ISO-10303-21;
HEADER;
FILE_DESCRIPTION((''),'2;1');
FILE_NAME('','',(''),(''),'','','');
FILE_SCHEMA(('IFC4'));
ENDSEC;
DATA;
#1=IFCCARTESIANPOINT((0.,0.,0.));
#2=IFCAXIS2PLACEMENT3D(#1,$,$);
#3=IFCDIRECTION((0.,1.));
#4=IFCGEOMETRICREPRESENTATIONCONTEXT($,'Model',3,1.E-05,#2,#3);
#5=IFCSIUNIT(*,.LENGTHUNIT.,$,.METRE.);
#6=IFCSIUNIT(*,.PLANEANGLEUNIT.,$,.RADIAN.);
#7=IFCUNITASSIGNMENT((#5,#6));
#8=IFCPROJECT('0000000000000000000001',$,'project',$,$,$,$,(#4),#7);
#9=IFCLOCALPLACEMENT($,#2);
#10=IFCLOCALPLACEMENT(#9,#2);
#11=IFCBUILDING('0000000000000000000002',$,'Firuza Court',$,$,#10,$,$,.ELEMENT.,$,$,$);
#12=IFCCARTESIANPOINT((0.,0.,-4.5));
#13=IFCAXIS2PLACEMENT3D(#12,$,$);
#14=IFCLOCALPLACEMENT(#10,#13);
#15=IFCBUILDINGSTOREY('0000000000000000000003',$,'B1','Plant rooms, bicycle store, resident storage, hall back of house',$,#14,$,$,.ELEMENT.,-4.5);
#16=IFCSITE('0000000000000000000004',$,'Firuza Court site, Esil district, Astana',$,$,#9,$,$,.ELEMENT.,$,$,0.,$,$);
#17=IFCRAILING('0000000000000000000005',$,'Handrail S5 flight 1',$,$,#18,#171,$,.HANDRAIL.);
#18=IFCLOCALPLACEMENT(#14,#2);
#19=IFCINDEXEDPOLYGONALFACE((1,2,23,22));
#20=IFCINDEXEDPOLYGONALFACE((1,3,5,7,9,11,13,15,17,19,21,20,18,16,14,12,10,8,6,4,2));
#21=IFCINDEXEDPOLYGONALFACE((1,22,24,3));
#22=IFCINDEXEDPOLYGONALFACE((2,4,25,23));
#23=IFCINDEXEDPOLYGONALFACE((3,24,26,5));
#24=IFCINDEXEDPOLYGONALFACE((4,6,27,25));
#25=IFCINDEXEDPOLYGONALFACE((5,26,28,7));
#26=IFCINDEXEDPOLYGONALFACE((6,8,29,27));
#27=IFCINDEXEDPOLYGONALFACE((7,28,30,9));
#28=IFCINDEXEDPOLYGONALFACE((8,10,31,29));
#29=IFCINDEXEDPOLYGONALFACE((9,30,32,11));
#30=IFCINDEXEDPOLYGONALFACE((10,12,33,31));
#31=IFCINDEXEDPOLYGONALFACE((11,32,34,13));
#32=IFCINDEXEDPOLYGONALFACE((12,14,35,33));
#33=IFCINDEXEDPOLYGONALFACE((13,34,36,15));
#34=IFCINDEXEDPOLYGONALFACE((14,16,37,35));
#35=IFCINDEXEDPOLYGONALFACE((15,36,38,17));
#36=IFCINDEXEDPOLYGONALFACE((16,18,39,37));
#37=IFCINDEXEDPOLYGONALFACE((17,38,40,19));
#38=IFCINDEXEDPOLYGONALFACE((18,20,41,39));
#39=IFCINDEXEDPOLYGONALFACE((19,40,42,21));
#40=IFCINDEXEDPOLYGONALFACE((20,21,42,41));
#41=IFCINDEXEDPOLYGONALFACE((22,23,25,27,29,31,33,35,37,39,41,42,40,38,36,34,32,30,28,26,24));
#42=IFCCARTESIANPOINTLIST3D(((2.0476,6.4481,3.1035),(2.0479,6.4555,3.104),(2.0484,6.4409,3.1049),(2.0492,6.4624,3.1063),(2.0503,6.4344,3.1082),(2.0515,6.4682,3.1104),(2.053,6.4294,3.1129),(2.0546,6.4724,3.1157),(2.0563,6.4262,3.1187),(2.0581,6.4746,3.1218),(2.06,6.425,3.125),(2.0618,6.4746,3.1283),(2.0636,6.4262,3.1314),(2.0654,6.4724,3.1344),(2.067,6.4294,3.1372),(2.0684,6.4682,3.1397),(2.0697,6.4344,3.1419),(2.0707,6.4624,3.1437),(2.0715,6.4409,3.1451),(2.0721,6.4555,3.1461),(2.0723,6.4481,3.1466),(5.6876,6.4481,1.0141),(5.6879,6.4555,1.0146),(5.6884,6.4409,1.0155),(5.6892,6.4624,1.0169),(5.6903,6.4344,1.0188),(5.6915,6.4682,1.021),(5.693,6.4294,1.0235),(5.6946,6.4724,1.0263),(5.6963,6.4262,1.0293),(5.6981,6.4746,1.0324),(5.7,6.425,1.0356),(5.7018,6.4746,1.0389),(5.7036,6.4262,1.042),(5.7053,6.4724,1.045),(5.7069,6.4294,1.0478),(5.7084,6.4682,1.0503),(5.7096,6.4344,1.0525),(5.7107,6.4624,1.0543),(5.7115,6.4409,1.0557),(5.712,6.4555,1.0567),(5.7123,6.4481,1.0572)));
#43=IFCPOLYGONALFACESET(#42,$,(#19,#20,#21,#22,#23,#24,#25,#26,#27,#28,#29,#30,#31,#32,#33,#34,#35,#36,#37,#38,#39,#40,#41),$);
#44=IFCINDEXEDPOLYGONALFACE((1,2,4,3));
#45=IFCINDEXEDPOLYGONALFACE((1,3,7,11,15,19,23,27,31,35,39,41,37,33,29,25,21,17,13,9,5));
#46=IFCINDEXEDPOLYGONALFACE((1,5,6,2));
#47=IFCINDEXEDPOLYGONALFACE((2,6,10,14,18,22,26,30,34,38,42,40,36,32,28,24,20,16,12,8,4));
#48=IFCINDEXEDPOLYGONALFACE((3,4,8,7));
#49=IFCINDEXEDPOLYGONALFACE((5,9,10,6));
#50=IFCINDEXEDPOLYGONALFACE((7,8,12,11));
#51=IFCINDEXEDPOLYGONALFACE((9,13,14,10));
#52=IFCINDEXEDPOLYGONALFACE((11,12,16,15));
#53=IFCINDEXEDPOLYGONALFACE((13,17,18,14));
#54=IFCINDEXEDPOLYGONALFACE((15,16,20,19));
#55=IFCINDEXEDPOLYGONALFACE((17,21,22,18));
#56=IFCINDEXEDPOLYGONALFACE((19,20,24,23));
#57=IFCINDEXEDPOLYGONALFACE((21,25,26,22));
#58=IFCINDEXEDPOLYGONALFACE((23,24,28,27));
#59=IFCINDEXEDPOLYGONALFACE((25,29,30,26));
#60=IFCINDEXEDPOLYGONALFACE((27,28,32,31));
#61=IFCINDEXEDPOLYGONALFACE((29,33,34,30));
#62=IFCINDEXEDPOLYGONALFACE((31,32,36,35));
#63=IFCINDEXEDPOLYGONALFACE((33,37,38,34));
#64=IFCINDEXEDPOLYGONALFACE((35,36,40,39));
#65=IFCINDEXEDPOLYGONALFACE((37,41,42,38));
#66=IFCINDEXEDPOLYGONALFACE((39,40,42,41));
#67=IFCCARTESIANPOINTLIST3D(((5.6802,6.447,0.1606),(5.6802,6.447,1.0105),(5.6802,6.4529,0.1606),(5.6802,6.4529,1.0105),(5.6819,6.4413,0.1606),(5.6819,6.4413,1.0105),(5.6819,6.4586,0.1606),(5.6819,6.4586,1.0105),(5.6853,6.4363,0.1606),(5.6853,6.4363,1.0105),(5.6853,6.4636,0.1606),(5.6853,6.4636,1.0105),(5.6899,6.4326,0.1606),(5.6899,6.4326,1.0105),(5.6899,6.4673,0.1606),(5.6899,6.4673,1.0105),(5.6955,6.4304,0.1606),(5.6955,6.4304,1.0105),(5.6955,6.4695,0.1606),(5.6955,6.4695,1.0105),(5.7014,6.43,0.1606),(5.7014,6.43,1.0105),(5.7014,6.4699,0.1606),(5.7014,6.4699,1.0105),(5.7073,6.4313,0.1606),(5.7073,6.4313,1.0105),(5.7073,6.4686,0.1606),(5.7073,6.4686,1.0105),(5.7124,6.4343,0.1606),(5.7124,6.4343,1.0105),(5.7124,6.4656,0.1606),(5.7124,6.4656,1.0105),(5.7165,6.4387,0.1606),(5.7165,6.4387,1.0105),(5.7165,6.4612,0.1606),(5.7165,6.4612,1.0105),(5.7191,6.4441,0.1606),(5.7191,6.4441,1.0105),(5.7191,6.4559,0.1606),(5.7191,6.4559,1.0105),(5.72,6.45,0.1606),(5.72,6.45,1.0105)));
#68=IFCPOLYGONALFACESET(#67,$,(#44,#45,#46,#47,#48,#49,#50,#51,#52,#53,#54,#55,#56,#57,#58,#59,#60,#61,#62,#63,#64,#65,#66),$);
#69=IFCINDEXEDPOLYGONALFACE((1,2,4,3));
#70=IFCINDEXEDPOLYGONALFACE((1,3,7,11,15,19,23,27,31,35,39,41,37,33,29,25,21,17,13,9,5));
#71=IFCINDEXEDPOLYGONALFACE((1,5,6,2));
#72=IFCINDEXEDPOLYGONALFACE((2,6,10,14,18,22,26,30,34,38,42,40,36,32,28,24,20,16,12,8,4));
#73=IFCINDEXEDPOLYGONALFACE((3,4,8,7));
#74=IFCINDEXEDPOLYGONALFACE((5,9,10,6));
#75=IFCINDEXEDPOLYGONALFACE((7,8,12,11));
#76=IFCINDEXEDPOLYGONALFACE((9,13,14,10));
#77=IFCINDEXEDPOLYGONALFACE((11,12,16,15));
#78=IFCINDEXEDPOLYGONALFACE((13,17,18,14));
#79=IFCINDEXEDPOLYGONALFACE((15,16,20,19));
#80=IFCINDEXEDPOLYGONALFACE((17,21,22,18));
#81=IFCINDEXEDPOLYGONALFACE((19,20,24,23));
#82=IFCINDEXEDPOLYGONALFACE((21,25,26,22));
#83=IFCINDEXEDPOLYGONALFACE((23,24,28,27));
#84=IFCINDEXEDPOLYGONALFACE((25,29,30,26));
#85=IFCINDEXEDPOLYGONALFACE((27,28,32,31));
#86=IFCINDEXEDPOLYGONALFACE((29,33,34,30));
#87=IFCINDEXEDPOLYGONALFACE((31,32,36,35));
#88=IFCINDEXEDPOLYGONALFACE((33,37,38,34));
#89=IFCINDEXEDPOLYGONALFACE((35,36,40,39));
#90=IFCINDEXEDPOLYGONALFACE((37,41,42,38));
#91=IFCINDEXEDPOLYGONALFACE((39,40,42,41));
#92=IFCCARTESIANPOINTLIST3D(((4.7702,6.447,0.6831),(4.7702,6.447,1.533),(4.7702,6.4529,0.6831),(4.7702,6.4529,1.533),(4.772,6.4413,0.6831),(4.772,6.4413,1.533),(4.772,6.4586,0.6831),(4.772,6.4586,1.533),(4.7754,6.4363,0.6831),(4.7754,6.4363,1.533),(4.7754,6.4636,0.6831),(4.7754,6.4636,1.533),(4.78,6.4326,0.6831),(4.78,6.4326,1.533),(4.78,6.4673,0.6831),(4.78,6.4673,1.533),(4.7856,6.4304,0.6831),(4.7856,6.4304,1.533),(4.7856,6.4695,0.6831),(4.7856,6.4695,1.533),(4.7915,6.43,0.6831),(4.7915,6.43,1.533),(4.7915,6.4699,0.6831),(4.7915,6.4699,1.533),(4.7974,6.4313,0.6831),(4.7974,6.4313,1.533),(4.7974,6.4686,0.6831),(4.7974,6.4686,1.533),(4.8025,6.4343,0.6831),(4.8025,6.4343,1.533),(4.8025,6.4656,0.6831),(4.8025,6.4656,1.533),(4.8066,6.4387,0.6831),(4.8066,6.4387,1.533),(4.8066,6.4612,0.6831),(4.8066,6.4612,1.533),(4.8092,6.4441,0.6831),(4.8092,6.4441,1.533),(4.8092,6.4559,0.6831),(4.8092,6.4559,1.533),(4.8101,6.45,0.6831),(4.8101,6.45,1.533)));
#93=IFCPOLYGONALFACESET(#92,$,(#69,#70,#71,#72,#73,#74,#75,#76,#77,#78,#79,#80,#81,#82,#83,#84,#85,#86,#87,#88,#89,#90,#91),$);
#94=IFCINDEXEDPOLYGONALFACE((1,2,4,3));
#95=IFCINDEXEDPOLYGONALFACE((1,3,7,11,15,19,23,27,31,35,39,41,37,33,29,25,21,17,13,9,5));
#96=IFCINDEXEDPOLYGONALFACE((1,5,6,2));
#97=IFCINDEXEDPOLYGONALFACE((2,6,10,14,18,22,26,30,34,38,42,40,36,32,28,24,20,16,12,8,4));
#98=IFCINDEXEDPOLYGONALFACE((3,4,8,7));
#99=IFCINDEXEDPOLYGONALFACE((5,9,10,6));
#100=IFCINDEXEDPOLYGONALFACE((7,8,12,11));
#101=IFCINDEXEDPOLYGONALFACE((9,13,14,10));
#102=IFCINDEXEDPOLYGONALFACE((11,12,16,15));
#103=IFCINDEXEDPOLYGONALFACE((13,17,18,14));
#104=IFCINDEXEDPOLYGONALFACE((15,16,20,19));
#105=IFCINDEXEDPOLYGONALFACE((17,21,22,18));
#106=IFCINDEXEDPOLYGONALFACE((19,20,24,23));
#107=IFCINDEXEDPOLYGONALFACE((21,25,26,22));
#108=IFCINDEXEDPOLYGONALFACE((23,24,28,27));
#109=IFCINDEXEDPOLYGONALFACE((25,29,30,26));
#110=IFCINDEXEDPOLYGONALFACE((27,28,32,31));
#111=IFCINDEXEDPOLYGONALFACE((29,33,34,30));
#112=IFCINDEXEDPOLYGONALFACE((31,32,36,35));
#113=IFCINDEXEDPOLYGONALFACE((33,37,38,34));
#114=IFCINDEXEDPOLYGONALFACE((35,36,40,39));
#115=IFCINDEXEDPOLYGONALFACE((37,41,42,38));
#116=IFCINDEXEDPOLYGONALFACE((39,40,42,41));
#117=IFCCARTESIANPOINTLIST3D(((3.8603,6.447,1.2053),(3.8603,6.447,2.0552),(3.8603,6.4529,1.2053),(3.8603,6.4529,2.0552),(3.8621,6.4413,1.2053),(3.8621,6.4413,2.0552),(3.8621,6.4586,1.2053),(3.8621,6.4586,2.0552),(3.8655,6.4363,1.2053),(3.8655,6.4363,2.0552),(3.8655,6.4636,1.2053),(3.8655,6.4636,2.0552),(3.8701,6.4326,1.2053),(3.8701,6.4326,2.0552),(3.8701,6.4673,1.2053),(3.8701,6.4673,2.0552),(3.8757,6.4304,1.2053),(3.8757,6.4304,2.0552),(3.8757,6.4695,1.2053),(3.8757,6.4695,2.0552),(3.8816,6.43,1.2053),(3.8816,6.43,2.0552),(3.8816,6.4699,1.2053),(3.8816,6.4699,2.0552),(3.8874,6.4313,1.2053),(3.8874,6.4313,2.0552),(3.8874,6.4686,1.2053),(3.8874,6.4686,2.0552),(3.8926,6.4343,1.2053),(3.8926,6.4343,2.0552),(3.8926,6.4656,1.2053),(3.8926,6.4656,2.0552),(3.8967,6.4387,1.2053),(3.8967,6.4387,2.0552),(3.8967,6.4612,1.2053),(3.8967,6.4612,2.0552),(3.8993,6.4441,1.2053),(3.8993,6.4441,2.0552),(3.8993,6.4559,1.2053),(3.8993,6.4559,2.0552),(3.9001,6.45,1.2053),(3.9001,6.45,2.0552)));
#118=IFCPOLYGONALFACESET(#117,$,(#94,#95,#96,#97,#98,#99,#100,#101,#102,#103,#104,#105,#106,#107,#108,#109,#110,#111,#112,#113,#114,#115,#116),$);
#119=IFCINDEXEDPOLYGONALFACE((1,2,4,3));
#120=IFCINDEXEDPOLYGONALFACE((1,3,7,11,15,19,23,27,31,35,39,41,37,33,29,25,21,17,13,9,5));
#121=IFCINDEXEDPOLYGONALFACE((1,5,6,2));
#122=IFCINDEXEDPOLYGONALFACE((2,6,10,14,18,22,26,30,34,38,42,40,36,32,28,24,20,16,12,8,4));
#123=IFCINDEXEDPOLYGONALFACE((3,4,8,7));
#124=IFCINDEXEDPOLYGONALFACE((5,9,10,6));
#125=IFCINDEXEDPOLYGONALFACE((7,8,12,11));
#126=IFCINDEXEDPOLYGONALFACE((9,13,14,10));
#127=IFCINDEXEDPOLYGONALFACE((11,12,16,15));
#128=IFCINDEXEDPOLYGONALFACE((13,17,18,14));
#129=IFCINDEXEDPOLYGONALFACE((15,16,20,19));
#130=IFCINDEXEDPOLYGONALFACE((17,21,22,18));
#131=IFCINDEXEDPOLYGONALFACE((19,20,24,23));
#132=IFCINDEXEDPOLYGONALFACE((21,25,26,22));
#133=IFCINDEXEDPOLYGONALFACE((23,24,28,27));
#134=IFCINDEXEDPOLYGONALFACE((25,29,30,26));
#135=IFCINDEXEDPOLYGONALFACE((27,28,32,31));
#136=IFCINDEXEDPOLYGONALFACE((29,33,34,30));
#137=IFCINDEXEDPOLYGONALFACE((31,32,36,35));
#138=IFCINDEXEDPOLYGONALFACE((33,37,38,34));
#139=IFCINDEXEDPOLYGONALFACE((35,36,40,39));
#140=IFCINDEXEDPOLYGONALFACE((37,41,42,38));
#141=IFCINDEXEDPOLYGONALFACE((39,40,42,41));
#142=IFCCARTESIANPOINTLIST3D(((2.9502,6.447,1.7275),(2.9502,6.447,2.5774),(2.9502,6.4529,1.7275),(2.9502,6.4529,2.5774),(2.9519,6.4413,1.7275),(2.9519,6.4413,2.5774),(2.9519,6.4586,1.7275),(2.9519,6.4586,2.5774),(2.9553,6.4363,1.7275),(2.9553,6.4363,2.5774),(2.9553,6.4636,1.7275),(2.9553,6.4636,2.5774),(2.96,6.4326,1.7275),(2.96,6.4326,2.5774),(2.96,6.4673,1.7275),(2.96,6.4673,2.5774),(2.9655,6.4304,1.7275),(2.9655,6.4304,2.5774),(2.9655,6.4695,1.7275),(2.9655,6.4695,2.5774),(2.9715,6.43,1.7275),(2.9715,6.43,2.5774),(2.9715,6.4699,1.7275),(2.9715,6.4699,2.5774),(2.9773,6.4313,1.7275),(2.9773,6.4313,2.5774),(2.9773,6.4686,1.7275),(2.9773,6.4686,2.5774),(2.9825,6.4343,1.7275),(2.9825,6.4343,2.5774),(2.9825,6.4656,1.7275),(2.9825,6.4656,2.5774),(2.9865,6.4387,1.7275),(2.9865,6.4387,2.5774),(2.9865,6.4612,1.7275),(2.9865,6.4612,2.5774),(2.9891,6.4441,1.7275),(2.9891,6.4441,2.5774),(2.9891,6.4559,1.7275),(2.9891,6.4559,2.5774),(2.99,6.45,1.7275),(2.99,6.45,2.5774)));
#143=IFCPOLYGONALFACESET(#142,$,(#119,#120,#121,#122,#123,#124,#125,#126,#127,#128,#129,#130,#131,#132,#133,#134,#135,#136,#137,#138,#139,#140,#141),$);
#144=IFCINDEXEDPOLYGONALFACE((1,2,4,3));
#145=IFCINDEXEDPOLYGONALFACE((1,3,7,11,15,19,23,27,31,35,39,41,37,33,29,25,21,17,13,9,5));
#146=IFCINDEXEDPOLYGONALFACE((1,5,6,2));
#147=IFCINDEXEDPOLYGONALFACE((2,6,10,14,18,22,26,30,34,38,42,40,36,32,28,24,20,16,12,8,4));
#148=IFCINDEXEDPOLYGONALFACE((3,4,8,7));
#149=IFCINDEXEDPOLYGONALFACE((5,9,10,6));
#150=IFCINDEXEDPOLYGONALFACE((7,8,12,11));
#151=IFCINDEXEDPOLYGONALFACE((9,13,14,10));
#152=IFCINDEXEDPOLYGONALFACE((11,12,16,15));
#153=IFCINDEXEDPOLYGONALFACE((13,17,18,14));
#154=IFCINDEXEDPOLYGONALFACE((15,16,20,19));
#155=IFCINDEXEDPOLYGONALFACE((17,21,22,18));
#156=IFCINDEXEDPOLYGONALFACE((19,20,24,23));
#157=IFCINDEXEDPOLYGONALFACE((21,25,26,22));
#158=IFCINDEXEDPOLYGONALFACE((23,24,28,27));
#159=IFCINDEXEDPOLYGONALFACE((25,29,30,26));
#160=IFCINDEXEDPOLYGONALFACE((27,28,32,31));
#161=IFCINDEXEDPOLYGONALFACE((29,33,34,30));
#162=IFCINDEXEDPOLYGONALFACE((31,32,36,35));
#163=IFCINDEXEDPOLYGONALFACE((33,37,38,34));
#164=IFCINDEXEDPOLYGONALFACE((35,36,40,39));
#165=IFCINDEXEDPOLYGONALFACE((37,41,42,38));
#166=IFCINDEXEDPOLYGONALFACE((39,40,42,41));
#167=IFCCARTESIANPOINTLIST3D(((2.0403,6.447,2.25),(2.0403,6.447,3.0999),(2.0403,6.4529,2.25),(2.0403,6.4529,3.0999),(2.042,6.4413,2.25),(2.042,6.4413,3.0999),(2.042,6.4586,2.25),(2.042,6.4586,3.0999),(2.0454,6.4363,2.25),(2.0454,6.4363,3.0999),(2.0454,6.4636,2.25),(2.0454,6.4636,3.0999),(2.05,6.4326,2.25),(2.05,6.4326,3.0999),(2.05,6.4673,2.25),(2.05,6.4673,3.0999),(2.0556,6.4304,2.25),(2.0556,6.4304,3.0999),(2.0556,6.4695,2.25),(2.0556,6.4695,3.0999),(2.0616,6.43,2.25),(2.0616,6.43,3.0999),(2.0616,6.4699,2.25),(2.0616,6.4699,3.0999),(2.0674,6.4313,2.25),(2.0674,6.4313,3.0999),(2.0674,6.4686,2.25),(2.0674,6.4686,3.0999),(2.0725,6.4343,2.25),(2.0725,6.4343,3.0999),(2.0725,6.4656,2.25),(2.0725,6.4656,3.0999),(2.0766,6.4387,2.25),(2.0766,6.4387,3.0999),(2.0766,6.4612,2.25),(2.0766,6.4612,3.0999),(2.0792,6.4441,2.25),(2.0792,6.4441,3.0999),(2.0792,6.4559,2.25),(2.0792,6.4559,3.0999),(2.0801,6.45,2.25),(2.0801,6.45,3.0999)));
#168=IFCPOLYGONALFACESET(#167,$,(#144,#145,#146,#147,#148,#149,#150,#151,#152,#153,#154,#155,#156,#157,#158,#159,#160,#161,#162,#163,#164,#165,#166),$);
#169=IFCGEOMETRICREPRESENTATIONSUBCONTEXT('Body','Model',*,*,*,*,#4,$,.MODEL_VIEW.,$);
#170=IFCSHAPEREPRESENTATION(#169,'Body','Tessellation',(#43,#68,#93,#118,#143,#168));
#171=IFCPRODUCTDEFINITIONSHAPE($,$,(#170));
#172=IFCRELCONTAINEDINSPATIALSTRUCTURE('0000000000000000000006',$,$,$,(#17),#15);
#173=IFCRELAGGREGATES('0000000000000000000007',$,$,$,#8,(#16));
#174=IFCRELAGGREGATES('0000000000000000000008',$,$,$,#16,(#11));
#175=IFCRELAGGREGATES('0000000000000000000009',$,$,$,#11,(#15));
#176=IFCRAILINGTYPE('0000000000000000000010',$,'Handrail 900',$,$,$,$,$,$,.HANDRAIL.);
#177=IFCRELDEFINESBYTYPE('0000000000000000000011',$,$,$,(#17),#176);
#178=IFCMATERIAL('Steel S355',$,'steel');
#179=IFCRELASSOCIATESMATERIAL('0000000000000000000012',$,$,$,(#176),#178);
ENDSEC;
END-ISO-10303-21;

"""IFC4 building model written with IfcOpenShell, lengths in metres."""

from ifc_helpers import new_model, si_unit, direction, frame, origin, origin_2d, place, context, subcontext, project, spatial, circle, extrude, material, type_object, element, save


model = new_model("IFC4")

# Units and contexts
model_context = context("Model", 3, precision=1e-05, world=origin(), true_north=direction((0.0, 1.0)))
body_context = subcontext(model_context, "Body", "Model", "MODEL_VIEW")
ifc_project = project(units=[si_unit("LENGTHUNIT", "METRE"), si_unit("PLANEANGLEUNIT", "RADIAN")], contexts=[model_context])

# Site, building, storey
site_placement = place(None, origin())
site = spatial("IfcSite", under=ifc_project, at=site_placement, Name="Firuza Court site, Esil district, Astana", CompositionType="ELEMENT", RefElevation=0.0)
building_placement = place(site_placement, origin())
building = spatial("IfcBuilding", under=site, at=building_placement, Name="Firuza Court", CompositionType="ELEMENT")
storey_placement = place(building_placement, frame((0.0, 0.0, -4.5)))
storey = spatial("IfcBuildingStorey", under=building, at=storey_placement, Name="B1", Description="Plant rooms, bicycle store, resident storage, hall back of house", CompositionType="ELEMENT", Elevation=-4.5)

# Railing
ifc_material_1 = material(Name="Steel S355", Category="steel")
railing_type = type_object("IfcRailingType", Name="Handrail 900", PredefinedType="HANDRAIL", material=ifc_material_1)
railing_1_placement = place(storey_placement, frame((5.7, 6.45, 0.1606)))
element("IfcRailing", 1, at=railing_1_placement, inside=storey, type_object=railing_type, Name="Handrail S5 flight 1", PredefinedType="HANDRAIL", context=body_context, shape_type="SweptSolid", body=[
    extrude(circle(Radius=0.0249, at=origin_2d()), frame((0.0, 0.0, 0.875), z_axis=(-0.867275, 0.0, 0.497829), x_axis=(0.0, -1.0, 0.0)), (0.0, 0.0, 1.0), 4.197),
    extrude(circle(Radius=0.02, at=origin_2d()), origin(), (0.0, 0.0, 1.0), 0.8499),
    extrude(circle(Radius=0.02, at=origin_2d()), frame((-0.9099, 0.0, 0.5225)), (0.0, 0.0, 1.0), 0.8499),
    extrude(circle(Radius=0.02, at=origin_2d()), frame((-1.8198, 0.0, 1.0447)), (0.0, 0.0, 1.0), 0.8499),
    extrude(circle(Radius=0.02, at=origin_2d()), frame((-2.73, 0.0, 1.5669)), (0.0, 0.0, 1.0), 0.8499),
    extrude(circle(Radius=0.02, at=origin_2d()), frame((-3.6399, 0.0, 2.0894)), (0.0, 0.0, 1.0), 0.8499),
])

save(model, "model.ifc")
